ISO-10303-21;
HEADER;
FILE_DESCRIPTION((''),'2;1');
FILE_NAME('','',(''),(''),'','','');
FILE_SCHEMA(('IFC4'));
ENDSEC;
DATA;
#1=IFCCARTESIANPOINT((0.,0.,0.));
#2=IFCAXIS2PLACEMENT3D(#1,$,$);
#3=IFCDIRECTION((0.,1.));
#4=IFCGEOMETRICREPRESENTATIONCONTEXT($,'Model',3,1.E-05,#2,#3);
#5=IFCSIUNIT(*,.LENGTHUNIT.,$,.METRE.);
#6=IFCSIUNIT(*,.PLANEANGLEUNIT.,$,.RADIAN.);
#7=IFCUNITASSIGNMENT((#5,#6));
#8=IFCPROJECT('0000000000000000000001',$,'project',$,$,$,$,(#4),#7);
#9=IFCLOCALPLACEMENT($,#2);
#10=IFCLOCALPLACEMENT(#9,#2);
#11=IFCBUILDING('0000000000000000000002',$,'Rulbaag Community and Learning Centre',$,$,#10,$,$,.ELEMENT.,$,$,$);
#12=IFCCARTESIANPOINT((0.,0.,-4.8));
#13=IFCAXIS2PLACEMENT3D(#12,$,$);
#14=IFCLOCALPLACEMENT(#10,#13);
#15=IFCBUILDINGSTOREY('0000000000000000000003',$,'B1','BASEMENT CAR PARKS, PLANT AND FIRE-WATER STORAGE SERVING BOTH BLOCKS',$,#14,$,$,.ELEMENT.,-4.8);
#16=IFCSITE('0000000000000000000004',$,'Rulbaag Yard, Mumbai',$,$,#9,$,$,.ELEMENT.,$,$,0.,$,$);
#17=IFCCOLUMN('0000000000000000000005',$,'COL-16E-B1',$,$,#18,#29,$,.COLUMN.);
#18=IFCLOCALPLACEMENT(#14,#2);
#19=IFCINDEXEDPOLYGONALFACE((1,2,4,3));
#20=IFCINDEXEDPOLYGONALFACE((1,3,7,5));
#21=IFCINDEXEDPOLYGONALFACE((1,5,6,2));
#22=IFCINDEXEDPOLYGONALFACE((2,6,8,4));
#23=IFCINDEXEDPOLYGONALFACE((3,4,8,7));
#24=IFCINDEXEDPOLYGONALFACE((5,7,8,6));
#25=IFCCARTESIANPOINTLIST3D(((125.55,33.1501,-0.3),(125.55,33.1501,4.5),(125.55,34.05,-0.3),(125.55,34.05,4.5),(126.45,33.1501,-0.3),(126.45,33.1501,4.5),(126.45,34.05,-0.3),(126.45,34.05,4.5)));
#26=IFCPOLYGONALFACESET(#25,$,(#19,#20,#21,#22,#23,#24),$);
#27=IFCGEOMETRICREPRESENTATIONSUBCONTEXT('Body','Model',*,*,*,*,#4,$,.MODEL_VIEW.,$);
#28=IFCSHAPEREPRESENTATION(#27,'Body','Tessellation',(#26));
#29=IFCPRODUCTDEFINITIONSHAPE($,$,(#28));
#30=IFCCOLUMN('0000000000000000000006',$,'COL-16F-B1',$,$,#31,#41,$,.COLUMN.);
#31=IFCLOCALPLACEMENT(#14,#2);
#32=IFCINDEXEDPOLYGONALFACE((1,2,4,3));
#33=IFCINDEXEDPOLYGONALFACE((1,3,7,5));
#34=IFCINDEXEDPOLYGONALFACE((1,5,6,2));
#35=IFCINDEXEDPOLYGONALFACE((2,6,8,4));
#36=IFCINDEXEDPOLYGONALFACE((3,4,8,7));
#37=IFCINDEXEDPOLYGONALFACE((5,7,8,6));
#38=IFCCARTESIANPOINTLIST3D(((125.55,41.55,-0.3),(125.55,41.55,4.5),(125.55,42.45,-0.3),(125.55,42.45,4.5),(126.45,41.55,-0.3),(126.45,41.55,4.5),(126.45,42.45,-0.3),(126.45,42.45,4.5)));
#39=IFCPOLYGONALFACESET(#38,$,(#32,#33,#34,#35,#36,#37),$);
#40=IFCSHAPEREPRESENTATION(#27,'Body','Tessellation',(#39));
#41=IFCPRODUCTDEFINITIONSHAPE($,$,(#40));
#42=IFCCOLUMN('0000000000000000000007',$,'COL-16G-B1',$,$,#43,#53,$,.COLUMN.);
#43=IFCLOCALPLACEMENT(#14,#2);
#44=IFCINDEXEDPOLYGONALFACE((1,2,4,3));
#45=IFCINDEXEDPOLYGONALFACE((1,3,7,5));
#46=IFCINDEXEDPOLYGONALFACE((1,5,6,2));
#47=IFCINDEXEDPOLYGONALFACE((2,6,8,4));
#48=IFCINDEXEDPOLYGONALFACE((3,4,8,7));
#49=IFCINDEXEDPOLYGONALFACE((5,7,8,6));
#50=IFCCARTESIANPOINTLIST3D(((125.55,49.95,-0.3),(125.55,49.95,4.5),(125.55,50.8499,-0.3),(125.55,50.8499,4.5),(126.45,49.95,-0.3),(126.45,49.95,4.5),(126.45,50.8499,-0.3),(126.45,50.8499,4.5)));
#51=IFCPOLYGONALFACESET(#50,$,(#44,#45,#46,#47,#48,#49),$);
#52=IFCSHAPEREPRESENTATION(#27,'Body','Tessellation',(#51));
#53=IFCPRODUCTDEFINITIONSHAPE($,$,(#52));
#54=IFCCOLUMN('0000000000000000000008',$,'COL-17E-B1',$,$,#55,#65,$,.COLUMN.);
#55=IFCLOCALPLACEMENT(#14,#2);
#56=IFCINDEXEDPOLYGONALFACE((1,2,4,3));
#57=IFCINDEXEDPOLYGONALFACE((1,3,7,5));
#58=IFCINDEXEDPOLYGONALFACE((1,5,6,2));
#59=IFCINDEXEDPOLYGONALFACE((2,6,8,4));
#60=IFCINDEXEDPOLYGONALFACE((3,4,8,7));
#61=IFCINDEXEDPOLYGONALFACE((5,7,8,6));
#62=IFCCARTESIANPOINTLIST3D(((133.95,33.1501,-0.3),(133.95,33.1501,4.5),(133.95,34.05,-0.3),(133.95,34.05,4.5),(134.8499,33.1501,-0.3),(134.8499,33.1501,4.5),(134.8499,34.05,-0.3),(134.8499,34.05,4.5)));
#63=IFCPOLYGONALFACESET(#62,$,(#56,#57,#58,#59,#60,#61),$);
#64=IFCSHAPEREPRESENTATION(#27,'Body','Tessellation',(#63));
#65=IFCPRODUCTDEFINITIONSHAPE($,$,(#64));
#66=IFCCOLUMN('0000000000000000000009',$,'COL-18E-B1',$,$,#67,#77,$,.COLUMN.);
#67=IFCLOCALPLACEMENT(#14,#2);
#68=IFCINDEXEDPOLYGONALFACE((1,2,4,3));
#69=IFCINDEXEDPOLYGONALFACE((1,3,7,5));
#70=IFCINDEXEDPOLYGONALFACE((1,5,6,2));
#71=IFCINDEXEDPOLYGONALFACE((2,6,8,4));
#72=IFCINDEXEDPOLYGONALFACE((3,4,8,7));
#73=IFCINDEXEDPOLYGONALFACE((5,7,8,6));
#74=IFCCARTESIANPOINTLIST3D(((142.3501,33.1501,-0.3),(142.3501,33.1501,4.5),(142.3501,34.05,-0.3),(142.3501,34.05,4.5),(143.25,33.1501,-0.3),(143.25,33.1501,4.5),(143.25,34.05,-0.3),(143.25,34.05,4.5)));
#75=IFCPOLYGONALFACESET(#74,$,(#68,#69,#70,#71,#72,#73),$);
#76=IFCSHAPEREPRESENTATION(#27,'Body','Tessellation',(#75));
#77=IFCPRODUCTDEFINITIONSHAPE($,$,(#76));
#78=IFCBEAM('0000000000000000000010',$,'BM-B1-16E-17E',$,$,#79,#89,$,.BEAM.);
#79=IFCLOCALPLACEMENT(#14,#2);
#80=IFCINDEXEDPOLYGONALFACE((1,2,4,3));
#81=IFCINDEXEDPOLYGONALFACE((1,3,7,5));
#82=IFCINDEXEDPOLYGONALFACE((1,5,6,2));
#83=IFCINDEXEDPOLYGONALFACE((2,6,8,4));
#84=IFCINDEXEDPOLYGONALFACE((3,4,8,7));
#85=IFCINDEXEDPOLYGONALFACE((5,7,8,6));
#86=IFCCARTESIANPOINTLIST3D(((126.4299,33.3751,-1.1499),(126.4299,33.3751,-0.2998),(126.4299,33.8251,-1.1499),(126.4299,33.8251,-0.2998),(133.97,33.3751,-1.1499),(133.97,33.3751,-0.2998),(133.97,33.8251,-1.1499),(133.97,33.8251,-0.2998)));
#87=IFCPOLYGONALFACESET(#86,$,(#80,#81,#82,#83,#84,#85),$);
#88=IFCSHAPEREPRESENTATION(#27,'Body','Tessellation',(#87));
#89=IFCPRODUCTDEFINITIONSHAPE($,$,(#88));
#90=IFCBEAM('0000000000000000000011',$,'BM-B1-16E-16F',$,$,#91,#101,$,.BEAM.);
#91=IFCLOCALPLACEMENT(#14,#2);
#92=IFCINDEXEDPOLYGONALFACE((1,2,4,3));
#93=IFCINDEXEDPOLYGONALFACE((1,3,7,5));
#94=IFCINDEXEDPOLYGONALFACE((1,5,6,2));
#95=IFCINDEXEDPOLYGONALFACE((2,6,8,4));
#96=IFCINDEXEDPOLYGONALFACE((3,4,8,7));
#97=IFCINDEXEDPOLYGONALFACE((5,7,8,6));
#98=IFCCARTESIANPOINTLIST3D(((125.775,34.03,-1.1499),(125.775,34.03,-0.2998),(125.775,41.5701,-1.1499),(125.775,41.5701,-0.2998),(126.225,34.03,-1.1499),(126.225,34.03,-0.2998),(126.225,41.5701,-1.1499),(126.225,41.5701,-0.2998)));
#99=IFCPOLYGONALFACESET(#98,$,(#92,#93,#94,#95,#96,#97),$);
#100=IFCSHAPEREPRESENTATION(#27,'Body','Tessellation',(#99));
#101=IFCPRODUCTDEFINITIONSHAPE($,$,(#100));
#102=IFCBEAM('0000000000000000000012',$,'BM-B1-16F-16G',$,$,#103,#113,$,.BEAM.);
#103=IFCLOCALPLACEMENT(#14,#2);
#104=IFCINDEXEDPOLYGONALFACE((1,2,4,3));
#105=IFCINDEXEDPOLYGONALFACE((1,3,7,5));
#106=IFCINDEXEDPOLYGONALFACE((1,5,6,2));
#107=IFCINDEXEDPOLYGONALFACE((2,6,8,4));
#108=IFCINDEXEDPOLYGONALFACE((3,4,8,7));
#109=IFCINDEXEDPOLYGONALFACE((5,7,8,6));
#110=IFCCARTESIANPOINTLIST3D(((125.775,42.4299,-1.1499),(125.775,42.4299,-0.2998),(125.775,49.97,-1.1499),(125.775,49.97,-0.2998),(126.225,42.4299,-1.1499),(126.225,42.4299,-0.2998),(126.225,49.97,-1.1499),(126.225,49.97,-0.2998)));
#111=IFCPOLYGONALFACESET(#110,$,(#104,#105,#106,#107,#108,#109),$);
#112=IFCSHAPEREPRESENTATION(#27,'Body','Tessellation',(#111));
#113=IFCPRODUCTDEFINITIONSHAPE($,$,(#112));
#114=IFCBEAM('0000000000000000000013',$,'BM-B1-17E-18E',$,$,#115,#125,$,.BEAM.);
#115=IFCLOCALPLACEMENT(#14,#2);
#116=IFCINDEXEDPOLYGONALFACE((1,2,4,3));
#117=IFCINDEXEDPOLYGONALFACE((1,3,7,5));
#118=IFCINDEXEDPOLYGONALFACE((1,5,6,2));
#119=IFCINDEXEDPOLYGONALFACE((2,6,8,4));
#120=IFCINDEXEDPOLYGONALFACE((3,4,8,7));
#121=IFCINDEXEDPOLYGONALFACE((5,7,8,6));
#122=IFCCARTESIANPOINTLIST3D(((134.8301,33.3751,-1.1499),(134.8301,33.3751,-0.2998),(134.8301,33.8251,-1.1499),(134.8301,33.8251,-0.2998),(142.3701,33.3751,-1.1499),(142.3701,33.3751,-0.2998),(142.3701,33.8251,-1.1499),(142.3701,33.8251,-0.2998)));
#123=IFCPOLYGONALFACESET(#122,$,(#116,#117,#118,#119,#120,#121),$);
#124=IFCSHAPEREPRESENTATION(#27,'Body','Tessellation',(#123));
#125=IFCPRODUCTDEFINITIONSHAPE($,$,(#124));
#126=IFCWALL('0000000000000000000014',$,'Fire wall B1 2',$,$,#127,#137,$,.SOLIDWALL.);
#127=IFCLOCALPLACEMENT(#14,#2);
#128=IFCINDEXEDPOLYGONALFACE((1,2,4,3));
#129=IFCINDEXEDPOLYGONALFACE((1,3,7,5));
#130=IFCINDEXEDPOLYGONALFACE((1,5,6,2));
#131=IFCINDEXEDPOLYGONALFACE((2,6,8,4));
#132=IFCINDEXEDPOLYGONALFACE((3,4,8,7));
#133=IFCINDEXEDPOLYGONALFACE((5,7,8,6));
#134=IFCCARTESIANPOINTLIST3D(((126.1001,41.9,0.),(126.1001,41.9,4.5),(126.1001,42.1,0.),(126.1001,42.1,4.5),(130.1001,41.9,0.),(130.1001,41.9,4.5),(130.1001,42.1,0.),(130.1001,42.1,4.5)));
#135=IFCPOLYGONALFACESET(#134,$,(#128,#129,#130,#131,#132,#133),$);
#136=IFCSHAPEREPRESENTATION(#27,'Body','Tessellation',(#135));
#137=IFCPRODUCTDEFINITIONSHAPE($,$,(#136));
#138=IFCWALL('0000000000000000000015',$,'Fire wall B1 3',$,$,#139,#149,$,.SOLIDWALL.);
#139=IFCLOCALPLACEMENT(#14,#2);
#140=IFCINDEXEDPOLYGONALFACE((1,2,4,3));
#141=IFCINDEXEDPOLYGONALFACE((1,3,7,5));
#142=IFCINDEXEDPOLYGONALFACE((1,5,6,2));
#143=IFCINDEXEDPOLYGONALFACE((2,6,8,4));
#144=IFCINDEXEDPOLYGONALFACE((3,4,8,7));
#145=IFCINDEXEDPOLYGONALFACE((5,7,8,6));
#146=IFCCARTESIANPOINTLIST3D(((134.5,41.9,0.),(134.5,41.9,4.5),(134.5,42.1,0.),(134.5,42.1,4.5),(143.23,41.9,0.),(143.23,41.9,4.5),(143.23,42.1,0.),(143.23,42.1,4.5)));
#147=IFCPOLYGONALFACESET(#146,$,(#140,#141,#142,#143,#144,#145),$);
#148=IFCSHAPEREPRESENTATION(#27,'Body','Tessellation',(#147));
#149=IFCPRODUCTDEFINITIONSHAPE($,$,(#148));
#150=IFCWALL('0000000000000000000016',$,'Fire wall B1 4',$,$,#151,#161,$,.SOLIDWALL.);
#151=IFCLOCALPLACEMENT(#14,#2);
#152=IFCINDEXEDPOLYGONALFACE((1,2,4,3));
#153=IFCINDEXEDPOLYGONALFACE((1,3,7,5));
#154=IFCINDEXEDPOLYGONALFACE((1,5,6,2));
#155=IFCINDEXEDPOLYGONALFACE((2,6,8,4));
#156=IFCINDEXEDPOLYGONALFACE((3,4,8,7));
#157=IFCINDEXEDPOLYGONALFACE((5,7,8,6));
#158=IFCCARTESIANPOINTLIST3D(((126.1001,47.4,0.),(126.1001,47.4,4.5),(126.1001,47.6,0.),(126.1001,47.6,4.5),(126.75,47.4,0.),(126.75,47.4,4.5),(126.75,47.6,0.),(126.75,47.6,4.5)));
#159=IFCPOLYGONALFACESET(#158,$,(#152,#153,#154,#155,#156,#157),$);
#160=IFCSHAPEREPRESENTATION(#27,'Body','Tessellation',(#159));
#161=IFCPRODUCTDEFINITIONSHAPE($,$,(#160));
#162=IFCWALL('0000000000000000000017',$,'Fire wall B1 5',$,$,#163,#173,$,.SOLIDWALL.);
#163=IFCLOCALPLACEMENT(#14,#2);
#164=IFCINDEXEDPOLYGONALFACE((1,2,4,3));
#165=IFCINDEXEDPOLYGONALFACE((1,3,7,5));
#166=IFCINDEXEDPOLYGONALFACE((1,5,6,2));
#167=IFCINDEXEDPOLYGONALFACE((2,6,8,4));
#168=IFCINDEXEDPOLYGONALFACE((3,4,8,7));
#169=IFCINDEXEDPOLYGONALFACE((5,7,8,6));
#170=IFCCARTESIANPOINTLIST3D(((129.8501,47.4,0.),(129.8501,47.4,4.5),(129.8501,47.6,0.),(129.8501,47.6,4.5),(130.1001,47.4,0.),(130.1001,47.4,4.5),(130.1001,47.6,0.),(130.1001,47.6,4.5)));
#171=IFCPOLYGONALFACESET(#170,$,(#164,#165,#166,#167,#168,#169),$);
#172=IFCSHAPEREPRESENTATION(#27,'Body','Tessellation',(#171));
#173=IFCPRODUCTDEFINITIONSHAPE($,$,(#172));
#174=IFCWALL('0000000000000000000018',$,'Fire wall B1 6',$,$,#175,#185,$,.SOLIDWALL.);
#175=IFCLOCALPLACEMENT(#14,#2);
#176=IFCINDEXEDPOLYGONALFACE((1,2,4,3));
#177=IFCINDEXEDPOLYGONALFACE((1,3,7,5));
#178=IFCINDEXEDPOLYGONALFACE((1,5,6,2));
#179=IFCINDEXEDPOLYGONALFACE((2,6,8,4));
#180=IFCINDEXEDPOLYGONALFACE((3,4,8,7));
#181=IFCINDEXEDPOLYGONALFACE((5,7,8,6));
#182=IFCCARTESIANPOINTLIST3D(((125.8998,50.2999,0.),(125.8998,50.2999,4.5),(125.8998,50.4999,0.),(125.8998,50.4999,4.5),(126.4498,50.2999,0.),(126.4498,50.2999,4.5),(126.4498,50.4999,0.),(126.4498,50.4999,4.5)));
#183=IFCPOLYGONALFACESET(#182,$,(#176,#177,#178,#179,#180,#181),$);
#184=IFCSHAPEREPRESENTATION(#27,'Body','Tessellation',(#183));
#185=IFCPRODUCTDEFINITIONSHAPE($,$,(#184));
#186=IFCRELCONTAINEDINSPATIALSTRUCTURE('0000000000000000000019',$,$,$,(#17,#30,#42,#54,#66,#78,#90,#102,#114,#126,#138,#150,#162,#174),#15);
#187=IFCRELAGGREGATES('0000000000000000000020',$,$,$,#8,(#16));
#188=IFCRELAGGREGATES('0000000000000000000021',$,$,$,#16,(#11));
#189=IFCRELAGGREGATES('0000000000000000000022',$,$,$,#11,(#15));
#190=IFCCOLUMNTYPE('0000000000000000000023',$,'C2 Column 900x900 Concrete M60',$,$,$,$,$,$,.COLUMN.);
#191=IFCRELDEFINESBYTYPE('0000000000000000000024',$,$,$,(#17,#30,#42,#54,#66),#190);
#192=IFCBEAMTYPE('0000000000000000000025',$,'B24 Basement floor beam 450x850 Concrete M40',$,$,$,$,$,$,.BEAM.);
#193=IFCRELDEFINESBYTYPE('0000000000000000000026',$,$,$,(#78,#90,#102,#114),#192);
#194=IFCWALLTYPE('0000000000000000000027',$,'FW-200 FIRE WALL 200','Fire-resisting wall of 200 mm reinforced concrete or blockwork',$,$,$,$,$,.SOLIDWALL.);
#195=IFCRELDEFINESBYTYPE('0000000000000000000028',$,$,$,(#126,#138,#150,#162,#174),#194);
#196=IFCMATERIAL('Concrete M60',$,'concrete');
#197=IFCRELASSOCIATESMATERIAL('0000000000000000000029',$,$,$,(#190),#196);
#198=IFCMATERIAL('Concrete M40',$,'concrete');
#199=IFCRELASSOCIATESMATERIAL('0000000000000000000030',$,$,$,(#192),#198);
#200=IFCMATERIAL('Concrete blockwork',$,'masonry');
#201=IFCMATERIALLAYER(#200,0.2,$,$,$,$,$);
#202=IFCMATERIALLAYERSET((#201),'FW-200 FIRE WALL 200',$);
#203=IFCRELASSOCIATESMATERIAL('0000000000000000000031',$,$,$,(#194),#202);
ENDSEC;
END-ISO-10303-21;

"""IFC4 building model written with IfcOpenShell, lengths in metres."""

from ifc_helpers import new_model, si_unit, direction, frame, frame_2d, origin, origin_2d, place, context, subcontext, project, spatial, rectangle, extrude, material, layer, layer_set, material_profile, profile_set, type_object, element, save


model = new_model("IFC4")

# Units and contexts
model_context = context("Model", 3, precision=1e-05, world=origin(), true_north=direction((0.0, 1.0)))
body_context = subcontext(model_context, "Body", "Model", "MODEL_VIEW")
ifc_project = project(units=[si_unit("LENGTHUNIT", "METRE"), si_unit("PLANEANGLEUNIT", "RADIAN")], contexts=[model_context])

# Site, building, storey
site_placement = place(None, origin())
site = spatial("IfcSite", under=ifc_project, at=site_placement, Name="Rulbaag Yard, Mumbai", CompositionType="ELEMENT", RefElevation=0.0)
building_placement = place(site_placement, origin())
building = spatial("IfcBuilding", under=site, at=building_placement, Name="Rulbaag Community and Learning Centre", CompositionType="ELEMENT")
storey_placement = place(building_placement, frame((0.0, 0.0, -4.8)))
storey = spatial("IfcBuildingStorey", under=building, at=storey_placement, Name="B1", Description="BASEMENT CAR PARKS, PLANT AND FIRE-WATER STORAGE SERVING BOTH BLOCKS", CompositionType="ELEMENT", Elevation=-4.8)

# Columns
ifc_material_1 = material(Name="Concrete M60", Category="concrete")
ifc_material_profile_1 = material_profile(ifc_material_1, rectangle(XDim=0.8999, YDim=0.8999, at=origin_2d()), Name="RC900x900")
ifc_profile_set_1 = profile_set([ifc_material_profile_1], Name="Concrete M60")
column_type = type_object("IfcColumnType", Name="C2 Column 900x900 Concrete M60", PredefinedType="COLUMN", material=ifc_profile_set_1)
for number, where, z_axis, x_axis, name in (
    (1, (126.0, 33.6001, -0.3), (0.0, 0.0, 1.0), (1.0, 0.0, 0.0), "COL-16E-B1"),
    (2, (126.0, 42.0, -0.3), (0.0, 0.0, 1.0), (1.0, 0.0, 0.0), "COL-16F-B1"),
    (3, (126.0, 50.3999, -0.3), (0.0, 0.0, 1.0), (1.0, 0.0, 0.0), "COL-16G-B1"),
    (4, (134.3999, 33.6001, -0.3), (0.0, 0.0, 1.0), (1.0, 0.0, 0.0), "COL-17E-B1"),
    (5, (142.8, 33.6001, -0.3), (0.0, 0.0, 1.0), (1.0, 0.0, 0.0), "COL-18E-B1"),
):
    element("IfcColumn", number, at=place(storey_placement, frame(where, z_axis=z_axis, x_axis=x_axis)), inside=storey, type_object=column_type, Name=name, PredefinedType="COLUMN", context=body_context, shape_type="SweptSolid", body=[
        extrude(rectangle(XDim=0.8999, YDim=0.8999, at=origin_2d()), origin(), (0.0, 0.0, 1.0), 4.8),
    ])

# Beams
ifc_material_2 = material(Name="Concrete M40", Category="concrete")
ifc_material_profile_2 = material_profile(ifc_material_2, rectangle(XDim=0.45, YDim=0.8501, at=origin_2d()), Name="RB450x850")
ifc_profile_set_2 = profile_set([ifc_material_profile_2], Name="Concrete M40")
beam_type = type_object("IfcBeamType", Name="B24 Basement floor beam 450x850 Concrete M40", PredefinedType="BEAM", material=ifc_profile_set_2)
for number, where, z_axis, x_axis, name in (
    (6, (126.4299, 33.6001, -0.7249), (1.0, 0.0, 0.0), (0.0, 1.0, 0.0), "BM-B1-16E-17E"),
    (7, (126.0, 34.03, -0.7249), (0.0, 1.0, 0.0), (-1.0, 0.0, 0.0), "BM-B1-16E-16F"),
    (8, (126.0, 42.4299, -0.7249), (0.0, 1.0, 0.0), (-1.0, 0.0, 0.0), "BM-B1-16F-16G"),
    (9, (134.8301, 33.6001, -0.7249), (1.0, 0.0, 0.0), (0.0, 1.0, 0.0), "BM-B1-17E-18E"),
):
    element("IfcBeam", number, at=place(storey_placement, frame(where, z_axis=z_axis, x_axis=x_axis)), inside=storey, type_object=beam_type, Name=name, PredefinedType="BEAM", context=body_context, shape_type="SweptSolid", body=[
        extrude(rectangle(XDim=0.45, YDim=0.8501, at=origin_2d()), origin(), (0.0, 0.0, 1.0), 7.54),
    ])

# Walls
ifc_material_3 = material(Name="Concrete blockwork", Category="masonry")
ifc_layer_1 = layer(ifc_material_3, 0.2)
ifc_layer_set_1 = layer_set([ifc_layer_1], Name="FW-200 FIRE WALL 200")
wall_type_1 = type_object("IfcWallType", Name="FW-200 FIRE WALL 200", Description="Fire-resisting wall of 200 mm reinforced concrete or blockwork", PredefinedType="SOLIDWALL", material=ifc_layer_set_1)
wall_1_placement = place(storey_placement, frame((126.1001, 42.0, 0.0), z_axis=(0.0, 0.0, 1.0), x_axis=(1.0, 0.0, 0.0)))
element("IfcWall", 10, at=wall_1_placement, inside=storey, type_object=wall_type_1, Name="Fire wall B1 2", PredefinedType="SOLIDWALL", context=body_context, shape_type="SweptSolid", body=[
    extrude(rectangle(XDim=4.0, YDim=0.2, at=frame_2d((2.0, 0.0))), origin(), (0.0, 0.0, 1.0), 4.5),
])
wall_2_placement = place(storey_placement, frame((134.5, 42.0, 0.0), z_axis=(0.0, 0.0, 1.0), x_axis=(1.0, 0.0, 0.0)))
element("IfcWall", 11, at=wall_2_placement, inside=storey, type_object=wall_type_1, Name="Fire wall B1 3", PredefinedType="SOLIDWALL", context=body_context, shape_type="SweptSolid", body=[
    extrude(rectangle(XDim=8.73, YDim=0.2, at=frame_2d((4.365, 0.0))), origin(), (0.0, 0.0, 1.0), 4.5),
])
wall_3_placement = place(storey_placement, frame((126.1001, 47.5, 0.0), z_axis=(0.0, 0.0, 1.0), x_axis=(1.0, 0.0, 0.0)))
element("IfcWall", 12, at=wall_3_placement, inside=storey, type_object=wall_type_1, Name="Fire wall B1 4", PredefinedType="SOLIDWALL", context=body_context, shape_type="SweptSolid", body=[
    extrude(rectangle(XDim=0.6499, YDim=0.2, at=frame_2d((0.325, 0.0))), origin(), (0.0, 0.0, 1.0), 4.5),
])
wall_4_placement = place(storey_placement, frame((129.8501, 47.5, 0.0), z_axis=(0.0, 0.0, 1.0), x_axis=(1.0, 0.0, 0.0)))
element("IfcWall", 13, at=wall_4_placement, inside=storey, type_object=wall_type_1, Name="Fire wall B1 5", PredefinedType="SOLIDWALL", context=body_context, shape_type="SweptSolid", body=[
    extrude(rectangle(XDim=0.25, YDim=0.2, at=frame_2d((0.125, 0.0))), origin(), (0.0, 0.0, 1.0), 4.5),
])
wall_5_placement = place(storey_placement, frame((125.8999, 50.3999, 0.0), z_axis=(0.0, 0.0, 1.0), x_axis=(1.0, 0.0, 0.0)))
element("IfcWall", 14, at=wall_5_placement, inside=storey, type_object=wall_type_1, Name="Fire wall B1 6", PredefinedType="SOLIDWALL", context=body_context, shape_type="SweptSolid", body=[
    extrude(rectangle(XDim=0.55, YDim=0.2, at=frame_2d((0.2749, 0.0))), origin(), (0.0, 0.0, 1.0), 4.5),
])

save(model, "model.ifc")
